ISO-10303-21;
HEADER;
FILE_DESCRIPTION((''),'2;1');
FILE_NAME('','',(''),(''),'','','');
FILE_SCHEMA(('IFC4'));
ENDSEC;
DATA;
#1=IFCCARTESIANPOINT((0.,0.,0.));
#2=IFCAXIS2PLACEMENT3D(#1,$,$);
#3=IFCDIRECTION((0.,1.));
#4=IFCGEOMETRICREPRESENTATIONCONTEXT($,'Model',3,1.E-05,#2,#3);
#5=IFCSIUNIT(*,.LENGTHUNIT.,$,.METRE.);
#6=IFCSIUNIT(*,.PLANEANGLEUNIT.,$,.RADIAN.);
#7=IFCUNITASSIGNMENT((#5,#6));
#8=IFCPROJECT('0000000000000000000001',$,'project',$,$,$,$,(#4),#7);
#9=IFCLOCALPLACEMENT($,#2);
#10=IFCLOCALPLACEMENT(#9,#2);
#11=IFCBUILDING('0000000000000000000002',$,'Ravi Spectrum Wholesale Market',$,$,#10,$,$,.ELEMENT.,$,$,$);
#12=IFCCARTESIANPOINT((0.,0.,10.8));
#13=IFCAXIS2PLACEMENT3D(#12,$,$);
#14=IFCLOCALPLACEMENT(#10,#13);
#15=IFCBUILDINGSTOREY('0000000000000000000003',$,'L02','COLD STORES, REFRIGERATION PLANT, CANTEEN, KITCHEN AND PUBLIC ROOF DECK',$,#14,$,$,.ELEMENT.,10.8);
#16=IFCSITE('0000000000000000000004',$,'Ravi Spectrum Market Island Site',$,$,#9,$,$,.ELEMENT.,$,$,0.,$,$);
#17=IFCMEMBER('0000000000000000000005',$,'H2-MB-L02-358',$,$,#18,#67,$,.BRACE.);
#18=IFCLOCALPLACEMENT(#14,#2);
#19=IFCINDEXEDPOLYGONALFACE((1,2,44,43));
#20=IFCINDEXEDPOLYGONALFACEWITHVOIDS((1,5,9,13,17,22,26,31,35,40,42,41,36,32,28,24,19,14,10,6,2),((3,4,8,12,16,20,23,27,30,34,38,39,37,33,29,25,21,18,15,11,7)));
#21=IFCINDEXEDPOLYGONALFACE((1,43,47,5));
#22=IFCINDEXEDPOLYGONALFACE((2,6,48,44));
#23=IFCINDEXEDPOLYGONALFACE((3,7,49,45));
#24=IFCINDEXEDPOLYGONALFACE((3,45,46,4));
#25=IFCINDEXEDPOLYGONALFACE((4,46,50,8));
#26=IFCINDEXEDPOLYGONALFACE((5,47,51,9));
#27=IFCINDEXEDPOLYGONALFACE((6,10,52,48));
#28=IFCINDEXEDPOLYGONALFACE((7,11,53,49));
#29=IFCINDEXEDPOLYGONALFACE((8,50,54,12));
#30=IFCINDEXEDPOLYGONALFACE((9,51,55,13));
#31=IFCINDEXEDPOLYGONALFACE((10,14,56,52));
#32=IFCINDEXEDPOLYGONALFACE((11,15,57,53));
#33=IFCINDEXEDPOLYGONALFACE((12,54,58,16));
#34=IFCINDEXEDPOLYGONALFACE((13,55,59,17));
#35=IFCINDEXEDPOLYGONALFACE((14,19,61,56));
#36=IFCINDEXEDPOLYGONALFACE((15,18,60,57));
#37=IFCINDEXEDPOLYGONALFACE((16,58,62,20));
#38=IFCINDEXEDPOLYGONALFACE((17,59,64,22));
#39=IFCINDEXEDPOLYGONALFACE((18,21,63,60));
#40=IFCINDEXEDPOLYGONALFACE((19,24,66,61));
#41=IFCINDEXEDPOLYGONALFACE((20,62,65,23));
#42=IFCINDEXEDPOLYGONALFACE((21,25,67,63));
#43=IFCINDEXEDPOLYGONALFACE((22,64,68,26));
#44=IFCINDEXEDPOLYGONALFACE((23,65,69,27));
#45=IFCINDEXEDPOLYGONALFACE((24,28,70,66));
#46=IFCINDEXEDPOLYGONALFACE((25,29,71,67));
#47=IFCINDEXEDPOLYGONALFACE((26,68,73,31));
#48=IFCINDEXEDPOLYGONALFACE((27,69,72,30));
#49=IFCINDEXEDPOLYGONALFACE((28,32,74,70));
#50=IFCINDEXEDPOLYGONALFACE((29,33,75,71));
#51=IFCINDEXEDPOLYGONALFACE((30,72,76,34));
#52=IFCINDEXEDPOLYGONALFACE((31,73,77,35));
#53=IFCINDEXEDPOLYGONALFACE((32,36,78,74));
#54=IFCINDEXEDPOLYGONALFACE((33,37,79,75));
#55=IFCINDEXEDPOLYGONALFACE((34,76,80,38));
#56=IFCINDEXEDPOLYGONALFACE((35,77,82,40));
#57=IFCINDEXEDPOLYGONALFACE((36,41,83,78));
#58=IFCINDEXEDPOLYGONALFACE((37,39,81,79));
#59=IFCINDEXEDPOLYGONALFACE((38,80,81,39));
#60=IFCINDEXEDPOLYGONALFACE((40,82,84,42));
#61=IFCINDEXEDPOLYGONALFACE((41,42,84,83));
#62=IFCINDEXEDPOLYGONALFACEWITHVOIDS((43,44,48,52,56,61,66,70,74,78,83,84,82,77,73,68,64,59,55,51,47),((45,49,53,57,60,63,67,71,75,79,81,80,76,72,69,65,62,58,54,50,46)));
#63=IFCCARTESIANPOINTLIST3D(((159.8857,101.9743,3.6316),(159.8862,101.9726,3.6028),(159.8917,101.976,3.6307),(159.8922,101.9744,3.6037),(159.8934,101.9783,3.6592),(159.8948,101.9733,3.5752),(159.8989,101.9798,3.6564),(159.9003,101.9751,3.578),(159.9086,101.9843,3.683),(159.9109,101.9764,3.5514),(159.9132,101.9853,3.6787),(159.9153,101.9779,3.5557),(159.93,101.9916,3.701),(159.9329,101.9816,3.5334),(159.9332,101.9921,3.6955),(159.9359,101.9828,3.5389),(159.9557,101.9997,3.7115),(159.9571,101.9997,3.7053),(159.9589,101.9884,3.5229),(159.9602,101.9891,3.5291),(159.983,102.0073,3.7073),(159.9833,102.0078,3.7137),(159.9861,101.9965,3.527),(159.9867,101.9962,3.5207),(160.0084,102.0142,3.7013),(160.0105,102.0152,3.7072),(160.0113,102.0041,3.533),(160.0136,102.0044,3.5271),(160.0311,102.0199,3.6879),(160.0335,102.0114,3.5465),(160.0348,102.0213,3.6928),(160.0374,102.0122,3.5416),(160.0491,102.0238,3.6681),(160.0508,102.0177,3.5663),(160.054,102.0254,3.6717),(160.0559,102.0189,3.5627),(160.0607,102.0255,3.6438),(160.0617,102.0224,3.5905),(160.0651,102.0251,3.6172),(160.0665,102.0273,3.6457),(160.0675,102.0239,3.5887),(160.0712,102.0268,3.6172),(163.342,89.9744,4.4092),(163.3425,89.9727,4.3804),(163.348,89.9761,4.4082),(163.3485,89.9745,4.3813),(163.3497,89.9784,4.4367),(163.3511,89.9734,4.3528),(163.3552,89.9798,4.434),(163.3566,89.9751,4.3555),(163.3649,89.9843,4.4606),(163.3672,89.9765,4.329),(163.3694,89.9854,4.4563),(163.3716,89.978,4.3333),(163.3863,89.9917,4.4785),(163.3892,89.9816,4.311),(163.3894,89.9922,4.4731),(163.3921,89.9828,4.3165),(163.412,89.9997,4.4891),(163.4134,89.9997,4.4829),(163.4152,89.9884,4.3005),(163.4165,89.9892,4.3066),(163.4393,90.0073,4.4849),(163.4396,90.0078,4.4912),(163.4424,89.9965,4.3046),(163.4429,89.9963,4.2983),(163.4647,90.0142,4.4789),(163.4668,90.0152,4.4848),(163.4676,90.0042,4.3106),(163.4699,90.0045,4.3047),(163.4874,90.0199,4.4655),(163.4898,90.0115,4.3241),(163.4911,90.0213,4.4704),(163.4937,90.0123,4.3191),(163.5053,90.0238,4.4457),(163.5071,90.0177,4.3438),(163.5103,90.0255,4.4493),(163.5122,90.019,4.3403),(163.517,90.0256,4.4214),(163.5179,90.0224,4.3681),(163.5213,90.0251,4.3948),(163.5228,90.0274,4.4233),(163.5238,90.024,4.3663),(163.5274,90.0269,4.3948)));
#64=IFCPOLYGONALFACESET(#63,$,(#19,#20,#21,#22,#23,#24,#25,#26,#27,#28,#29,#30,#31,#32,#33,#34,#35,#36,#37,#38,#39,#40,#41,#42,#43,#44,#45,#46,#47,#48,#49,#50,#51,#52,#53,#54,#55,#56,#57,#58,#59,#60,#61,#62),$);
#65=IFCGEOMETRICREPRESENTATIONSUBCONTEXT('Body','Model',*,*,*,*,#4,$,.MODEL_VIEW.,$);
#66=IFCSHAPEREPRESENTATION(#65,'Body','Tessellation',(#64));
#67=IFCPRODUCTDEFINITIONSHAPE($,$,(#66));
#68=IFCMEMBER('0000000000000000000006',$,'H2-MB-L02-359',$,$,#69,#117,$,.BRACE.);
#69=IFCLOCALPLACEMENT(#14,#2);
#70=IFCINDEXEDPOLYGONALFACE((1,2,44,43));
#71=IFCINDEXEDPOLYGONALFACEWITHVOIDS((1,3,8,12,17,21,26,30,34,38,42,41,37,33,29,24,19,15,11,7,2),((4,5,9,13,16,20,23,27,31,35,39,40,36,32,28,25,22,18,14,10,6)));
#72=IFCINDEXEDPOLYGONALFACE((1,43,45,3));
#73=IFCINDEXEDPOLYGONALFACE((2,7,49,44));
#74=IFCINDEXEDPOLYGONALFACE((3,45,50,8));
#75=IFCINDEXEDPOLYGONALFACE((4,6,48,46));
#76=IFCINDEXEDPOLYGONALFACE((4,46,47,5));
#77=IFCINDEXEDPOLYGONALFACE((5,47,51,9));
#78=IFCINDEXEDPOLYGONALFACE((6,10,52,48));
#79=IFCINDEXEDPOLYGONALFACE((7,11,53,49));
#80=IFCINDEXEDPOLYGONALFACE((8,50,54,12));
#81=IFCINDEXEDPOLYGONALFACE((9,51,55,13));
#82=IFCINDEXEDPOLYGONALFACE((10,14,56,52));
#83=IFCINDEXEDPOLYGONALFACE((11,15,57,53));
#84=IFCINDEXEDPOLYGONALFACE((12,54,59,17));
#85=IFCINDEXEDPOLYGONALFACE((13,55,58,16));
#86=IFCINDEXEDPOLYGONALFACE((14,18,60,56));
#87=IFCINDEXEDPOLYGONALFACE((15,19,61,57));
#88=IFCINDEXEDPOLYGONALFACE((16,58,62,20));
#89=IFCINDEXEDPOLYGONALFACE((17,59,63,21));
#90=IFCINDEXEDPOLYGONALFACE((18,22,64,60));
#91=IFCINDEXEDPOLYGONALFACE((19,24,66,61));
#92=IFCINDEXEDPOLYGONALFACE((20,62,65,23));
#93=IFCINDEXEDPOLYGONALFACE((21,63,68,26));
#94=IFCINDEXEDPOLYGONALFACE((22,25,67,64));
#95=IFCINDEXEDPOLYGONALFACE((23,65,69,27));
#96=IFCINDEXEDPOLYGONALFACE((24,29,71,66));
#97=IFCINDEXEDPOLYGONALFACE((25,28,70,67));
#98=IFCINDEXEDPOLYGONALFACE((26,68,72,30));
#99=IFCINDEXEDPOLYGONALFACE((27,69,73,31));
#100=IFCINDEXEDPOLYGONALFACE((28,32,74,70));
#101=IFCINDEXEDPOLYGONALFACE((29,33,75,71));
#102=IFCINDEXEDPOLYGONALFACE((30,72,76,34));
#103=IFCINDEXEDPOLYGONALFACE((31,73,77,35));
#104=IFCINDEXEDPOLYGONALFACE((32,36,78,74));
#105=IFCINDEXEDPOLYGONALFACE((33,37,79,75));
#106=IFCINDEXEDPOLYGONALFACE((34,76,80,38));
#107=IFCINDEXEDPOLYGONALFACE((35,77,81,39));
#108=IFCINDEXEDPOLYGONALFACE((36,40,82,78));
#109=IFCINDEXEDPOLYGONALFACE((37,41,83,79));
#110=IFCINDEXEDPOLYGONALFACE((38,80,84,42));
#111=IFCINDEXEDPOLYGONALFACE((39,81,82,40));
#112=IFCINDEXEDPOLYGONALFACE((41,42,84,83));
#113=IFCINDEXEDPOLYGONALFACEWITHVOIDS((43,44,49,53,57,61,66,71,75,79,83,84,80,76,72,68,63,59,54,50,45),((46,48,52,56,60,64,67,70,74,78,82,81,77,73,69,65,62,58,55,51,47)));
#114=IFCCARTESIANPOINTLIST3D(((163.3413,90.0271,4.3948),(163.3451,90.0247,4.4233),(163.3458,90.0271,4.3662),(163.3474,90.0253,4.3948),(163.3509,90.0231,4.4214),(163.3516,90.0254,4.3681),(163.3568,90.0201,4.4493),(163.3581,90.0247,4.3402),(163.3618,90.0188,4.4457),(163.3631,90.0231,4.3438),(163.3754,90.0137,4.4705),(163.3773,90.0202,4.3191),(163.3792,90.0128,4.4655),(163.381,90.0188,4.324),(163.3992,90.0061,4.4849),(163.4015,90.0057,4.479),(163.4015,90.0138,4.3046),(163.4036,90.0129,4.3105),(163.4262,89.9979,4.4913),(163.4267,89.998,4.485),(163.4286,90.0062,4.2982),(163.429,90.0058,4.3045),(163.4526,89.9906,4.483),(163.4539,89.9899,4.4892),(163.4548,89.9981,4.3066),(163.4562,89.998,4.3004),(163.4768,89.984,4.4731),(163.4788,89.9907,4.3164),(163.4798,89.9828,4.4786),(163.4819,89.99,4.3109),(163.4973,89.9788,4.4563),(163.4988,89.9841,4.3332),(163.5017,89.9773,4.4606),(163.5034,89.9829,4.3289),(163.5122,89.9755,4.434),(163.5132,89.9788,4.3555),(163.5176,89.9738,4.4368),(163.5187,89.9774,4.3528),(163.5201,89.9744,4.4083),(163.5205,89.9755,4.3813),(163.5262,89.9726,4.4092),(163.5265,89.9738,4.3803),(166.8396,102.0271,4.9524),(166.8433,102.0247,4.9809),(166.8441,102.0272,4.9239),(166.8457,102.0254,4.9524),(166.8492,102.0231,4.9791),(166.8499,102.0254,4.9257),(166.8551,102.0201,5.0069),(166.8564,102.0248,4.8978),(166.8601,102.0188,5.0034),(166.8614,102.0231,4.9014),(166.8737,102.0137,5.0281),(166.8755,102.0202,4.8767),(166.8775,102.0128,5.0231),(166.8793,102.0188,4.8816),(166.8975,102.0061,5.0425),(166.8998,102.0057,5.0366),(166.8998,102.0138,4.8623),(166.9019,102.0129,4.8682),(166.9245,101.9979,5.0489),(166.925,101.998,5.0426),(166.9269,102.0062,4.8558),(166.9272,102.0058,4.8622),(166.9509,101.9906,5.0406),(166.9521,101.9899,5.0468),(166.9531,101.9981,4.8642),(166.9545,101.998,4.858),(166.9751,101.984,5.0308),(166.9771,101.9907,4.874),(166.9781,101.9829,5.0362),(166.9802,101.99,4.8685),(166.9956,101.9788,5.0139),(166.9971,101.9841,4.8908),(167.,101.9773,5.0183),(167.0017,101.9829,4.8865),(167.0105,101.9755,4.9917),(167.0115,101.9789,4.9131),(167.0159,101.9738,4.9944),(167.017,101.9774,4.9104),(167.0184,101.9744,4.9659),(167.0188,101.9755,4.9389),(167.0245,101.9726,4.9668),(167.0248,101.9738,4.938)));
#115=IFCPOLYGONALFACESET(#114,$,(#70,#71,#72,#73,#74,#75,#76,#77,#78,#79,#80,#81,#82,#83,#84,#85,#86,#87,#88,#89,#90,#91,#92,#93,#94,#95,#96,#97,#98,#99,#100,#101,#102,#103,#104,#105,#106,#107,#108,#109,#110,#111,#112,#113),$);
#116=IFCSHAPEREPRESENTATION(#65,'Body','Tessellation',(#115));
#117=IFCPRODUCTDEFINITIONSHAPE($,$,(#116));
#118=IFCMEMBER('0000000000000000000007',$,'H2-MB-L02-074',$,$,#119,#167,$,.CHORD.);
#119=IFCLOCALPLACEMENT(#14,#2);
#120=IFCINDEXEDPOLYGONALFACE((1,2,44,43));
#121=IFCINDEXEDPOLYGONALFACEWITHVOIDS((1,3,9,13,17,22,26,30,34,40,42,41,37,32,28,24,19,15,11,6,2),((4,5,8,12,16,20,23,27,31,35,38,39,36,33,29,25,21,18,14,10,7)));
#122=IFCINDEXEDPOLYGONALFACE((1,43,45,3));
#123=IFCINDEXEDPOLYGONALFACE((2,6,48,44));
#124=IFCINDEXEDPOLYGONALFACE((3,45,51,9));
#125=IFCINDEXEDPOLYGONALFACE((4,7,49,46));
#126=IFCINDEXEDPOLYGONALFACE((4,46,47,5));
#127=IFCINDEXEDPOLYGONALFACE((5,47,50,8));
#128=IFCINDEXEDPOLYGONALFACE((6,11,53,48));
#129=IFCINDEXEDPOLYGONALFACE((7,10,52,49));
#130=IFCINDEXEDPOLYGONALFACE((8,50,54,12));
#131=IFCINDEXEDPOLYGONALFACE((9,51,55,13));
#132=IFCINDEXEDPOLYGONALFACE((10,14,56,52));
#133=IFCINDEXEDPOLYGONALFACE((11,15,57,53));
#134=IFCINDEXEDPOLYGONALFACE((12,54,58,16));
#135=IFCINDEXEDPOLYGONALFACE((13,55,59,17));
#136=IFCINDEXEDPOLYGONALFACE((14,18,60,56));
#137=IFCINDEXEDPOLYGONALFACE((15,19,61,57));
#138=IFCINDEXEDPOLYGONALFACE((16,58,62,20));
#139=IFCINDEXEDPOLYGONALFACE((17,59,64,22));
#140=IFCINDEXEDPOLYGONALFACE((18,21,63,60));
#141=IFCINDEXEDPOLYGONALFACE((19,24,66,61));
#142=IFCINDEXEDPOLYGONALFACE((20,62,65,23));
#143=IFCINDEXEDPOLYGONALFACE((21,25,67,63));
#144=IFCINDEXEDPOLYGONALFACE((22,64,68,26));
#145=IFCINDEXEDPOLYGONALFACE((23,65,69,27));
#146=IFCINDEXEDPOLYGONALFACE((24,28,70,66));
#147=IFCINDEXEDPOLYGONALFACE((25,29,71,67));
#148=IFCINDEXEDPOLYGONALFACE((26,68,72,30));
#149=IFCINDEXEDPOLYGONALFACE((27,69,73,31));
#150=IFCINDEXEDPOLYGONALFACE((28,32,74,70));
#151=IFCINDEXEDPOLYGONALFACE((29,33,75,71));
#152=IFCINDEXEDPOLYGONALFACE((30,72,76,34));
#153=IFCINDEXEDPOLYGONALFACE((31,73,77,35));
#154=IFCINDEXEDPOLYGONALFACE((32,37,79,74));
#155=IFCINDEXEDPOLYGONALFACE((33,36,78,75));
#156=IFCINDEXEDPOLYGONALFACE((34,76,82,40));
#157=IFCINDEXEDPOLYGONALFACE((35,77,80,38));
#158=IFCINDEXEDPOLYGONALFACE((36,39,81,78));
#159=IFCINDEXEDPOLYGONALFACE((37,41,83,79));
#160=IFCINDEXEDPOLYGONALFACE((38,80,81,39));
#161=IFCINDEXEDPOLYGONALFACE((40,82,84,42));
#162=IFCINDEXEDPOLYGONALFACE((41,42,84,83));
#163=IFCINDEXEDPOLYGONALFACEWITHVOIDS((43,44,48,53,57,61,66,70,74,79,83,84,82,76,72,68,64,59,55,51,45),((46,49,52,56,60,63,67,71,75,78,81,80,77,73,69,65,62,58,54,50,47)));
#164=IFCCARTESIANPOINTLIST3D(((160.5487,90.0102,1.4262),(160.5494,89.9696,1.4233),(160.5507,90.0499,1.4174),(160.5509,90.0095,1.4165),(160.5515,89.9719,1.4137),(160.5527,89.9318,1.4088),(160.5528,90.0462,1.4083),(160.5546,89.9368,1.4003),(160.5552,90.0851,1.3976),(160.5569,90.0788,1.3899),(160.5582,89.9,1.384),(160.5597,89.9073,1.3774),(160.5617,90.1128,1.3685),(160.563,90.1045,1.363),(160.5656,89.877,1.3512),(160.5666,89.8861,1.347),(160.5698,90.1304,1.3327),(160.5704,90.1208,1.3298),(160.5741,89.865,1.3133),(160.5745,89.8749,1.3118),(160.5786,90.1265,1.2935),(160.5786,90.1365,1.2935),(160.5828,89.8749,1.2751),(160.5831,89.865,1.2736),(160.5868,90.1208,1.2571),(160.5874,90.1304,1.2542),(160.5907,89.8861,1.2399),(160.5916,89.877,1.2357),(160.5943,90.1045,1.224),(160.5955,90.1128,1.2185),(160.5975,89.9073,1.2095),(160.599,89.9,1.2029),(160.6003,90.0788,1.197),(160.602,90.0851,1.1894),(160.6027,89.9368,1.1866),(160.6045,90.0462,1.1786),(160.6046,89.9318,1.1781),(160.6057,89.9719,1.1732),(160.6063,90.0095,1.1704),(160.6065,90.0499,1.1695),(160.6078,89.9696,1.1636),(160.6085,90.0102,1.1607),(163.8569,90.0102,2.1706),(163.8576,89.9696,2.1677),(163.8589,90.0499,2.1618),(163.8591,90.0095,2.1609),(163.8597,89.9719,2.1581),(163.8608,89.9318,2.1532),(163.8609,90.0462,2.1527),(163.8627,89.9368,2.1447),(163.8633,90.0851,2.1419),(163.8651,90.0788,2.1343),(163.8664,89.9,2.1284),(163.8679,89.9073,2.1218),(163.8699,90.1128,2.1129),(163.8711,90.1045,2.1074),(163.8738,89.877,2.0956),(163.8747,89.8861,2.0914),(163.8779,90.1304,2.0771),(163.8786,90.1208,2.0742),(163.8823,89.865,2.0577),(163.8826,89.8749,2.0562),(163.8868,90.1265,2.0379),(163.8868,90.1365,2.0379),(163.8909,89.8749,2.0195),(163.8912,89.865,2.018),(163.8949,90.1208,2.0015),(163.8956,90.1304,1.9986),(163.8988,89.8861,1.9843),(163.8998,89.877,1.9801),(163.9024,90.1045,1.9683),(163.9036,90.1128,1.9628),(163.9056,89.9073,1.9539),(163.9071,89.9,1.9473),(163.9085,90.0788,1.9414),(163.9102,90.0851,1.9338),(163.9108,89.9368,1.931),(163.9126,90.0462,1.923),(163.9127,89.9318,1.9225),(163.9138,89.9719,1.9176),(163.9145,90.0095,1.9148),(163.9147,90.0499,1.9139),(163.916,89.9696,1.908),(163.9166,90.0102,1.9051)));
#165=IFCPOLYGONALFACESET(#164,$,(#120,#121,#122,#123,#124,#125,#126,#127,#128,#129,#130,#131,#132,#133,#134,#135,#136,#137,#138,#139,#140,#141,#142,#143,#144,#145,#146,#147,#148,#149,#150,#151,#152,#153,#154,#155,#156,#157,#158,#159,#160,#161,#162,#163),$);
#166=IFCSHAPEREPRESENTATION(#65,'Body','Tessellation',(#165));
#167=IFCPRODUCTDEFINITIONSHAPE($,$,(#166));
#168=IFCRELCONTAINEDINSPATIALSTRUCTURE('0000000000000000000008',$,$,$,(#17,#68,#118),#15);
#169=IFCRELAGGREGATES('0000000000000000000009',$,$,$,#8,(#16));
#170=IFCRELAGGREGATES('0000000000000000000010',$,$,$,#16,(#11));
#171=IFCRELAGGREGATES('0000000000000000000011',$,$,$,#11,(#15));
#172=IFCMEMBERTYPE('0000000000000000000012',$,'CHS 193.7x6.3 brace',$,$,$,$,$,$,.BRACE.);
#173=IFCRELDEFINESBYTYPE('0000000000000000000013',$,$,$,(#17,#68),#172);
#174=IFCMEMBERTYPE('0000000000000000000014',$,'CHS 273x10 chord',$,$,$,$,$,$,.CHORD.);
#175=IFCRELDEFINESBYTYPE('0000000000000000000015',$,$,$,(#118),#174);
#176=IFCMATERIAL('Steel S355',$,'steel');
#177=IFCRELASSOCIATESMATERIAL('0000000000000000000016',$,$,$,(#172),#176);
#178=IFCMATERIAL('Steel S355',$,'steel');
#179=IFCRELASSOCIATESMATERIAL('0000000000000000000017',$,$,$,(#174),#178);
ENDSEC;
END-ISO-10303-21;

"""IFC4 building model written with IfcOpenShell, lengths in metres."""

from ifc_helpers import new_model, si_unit, direction, frame, origin, origin_2d, place, context, subcontext, project, spatial, hollow_circle, extrude, material, material_profile, profile_set, type_object, element, save


model = new_model("IFC4")

# Units and contexts
model_context = context("Model", 3, precision=1e-05, world=origin(), true_north=direction((0.0, 1.0)))
body_context = subcontext(model_context, "Body", "Model", "MODEL_VIEW")
ifc_project = project(units=[si_unit("LENGTHUNIT", "METRE"), si_unit("PLANEANGLEUNIT", "RADIAN")], contexts=[model_context])

# Site, building, storey
site_placement = place(None, origin())
site = spatial("IfcSite", under=ifc_project, at=site_placement, Name="Ravi Spectrum Market Island Site", CompositionType="ELEMENT", RefElevation=0.0)
building_placement = place(site_placement, origin())
building = spatial("IfcBuilding", under=site, at=building_placement, Name="Ravi Spectrum Wholesale Market", CompositionType="ELEMENT")
storey_placement = place(building_placement, frame((0.0, 0.0, 10.8)))
storey = spatial("IfcBuildingStorey", under=building, at=storey_placement, Name="L02", Description="COLD STORES, REFRIGERATION PLANT, CANTEEN, KITCHEN AND PUBLIC ROOF DECK", CompositionType="ELEMENT", Elevation=10.8)

# Members
ifc_material_1 = material(Name="Steel S355", Category="steel")
ifc_material_profile_1 = material_profile(ifc_material_1, hollow_circle(Radius=0.0969, WallThickness=0.0063, at=origin_2d()))
ifc_profile_set_1 = profile_set([ifc_material_profile_1], Name="Steel S355")
member_type_1 = type_object("IfcMemberType", Name="CHS 193.7x6.3 brace", PredefinedType="BRACE", material=ifc_profile_set_1)
for number, where, z_axis, x_axis, name in (
    (1, (159.978, 102.0, 3.6172), (0.276238, -0.959078, 0.062147), (0.960935, 0.276773, 0.0), "H2-MB-L02-358"),
    (2, (163.4343, 90.0, 4.3948), (0.279596, 0.959083, 0.044567), (-0.960037, 0.279874, 0.0), "H2-MB-L02-359"),
):
    element("IfcMember", number, at=place(storey_placement, frame(where, z_axis=z_axis, x_axis=x_axis)), inside=storey, type_object=member_type_1, Name=name, PredefinedType="BRACE", context=body_context, shape_type="SweptSolid", body=[
        extrude(hollow_circle(Radius=0.0969, WallThickness=0.0063, at=origin_2d()), origin(), (0.0, 0.0, 1.0), 12.512),
    ])
ifc_material_2 = material(Name="Steel S355", Category="steel")
ifc_material_profile_2 = material_profile(ifc_material_2, hollow_circle(Radius=0.1365, WallThickness=0.01, at=origin_2d()))
ifc_profile_set_2 = profile_set([ifc_material_profile_2], Name="Steel S355")
member_type_2 = type_object("IfcMemberType", Name="CHS 273x10 chord", PredefinedType="CHORD", material=ifc_profile_set_2)
for number, where, z_axis, x_axis, name in (
    (3, (160.5786, 90.0, 1.2935), (0.975606, 0.0, 0.219529), (0.0, 1.0, 0.0), "H2-MB-L02-074"),
):
    element("IfcMember", number, at=place(storey_placement, frame(where, z_axis=z_axis, x_axis=x_axis)), inside=storey, type_object=member_type_2, Name=name, PredefinedType="CHORD", context=body_context, shape_type="SweptSolid", body=[
        extrude(hollow_circle(Radius=0.1365, WallThickness=0.01, at=origin_2d()), origin(), (0.0, 0.0, 1.0), 3.3909),
    ])

save(model, "model.ifc")
